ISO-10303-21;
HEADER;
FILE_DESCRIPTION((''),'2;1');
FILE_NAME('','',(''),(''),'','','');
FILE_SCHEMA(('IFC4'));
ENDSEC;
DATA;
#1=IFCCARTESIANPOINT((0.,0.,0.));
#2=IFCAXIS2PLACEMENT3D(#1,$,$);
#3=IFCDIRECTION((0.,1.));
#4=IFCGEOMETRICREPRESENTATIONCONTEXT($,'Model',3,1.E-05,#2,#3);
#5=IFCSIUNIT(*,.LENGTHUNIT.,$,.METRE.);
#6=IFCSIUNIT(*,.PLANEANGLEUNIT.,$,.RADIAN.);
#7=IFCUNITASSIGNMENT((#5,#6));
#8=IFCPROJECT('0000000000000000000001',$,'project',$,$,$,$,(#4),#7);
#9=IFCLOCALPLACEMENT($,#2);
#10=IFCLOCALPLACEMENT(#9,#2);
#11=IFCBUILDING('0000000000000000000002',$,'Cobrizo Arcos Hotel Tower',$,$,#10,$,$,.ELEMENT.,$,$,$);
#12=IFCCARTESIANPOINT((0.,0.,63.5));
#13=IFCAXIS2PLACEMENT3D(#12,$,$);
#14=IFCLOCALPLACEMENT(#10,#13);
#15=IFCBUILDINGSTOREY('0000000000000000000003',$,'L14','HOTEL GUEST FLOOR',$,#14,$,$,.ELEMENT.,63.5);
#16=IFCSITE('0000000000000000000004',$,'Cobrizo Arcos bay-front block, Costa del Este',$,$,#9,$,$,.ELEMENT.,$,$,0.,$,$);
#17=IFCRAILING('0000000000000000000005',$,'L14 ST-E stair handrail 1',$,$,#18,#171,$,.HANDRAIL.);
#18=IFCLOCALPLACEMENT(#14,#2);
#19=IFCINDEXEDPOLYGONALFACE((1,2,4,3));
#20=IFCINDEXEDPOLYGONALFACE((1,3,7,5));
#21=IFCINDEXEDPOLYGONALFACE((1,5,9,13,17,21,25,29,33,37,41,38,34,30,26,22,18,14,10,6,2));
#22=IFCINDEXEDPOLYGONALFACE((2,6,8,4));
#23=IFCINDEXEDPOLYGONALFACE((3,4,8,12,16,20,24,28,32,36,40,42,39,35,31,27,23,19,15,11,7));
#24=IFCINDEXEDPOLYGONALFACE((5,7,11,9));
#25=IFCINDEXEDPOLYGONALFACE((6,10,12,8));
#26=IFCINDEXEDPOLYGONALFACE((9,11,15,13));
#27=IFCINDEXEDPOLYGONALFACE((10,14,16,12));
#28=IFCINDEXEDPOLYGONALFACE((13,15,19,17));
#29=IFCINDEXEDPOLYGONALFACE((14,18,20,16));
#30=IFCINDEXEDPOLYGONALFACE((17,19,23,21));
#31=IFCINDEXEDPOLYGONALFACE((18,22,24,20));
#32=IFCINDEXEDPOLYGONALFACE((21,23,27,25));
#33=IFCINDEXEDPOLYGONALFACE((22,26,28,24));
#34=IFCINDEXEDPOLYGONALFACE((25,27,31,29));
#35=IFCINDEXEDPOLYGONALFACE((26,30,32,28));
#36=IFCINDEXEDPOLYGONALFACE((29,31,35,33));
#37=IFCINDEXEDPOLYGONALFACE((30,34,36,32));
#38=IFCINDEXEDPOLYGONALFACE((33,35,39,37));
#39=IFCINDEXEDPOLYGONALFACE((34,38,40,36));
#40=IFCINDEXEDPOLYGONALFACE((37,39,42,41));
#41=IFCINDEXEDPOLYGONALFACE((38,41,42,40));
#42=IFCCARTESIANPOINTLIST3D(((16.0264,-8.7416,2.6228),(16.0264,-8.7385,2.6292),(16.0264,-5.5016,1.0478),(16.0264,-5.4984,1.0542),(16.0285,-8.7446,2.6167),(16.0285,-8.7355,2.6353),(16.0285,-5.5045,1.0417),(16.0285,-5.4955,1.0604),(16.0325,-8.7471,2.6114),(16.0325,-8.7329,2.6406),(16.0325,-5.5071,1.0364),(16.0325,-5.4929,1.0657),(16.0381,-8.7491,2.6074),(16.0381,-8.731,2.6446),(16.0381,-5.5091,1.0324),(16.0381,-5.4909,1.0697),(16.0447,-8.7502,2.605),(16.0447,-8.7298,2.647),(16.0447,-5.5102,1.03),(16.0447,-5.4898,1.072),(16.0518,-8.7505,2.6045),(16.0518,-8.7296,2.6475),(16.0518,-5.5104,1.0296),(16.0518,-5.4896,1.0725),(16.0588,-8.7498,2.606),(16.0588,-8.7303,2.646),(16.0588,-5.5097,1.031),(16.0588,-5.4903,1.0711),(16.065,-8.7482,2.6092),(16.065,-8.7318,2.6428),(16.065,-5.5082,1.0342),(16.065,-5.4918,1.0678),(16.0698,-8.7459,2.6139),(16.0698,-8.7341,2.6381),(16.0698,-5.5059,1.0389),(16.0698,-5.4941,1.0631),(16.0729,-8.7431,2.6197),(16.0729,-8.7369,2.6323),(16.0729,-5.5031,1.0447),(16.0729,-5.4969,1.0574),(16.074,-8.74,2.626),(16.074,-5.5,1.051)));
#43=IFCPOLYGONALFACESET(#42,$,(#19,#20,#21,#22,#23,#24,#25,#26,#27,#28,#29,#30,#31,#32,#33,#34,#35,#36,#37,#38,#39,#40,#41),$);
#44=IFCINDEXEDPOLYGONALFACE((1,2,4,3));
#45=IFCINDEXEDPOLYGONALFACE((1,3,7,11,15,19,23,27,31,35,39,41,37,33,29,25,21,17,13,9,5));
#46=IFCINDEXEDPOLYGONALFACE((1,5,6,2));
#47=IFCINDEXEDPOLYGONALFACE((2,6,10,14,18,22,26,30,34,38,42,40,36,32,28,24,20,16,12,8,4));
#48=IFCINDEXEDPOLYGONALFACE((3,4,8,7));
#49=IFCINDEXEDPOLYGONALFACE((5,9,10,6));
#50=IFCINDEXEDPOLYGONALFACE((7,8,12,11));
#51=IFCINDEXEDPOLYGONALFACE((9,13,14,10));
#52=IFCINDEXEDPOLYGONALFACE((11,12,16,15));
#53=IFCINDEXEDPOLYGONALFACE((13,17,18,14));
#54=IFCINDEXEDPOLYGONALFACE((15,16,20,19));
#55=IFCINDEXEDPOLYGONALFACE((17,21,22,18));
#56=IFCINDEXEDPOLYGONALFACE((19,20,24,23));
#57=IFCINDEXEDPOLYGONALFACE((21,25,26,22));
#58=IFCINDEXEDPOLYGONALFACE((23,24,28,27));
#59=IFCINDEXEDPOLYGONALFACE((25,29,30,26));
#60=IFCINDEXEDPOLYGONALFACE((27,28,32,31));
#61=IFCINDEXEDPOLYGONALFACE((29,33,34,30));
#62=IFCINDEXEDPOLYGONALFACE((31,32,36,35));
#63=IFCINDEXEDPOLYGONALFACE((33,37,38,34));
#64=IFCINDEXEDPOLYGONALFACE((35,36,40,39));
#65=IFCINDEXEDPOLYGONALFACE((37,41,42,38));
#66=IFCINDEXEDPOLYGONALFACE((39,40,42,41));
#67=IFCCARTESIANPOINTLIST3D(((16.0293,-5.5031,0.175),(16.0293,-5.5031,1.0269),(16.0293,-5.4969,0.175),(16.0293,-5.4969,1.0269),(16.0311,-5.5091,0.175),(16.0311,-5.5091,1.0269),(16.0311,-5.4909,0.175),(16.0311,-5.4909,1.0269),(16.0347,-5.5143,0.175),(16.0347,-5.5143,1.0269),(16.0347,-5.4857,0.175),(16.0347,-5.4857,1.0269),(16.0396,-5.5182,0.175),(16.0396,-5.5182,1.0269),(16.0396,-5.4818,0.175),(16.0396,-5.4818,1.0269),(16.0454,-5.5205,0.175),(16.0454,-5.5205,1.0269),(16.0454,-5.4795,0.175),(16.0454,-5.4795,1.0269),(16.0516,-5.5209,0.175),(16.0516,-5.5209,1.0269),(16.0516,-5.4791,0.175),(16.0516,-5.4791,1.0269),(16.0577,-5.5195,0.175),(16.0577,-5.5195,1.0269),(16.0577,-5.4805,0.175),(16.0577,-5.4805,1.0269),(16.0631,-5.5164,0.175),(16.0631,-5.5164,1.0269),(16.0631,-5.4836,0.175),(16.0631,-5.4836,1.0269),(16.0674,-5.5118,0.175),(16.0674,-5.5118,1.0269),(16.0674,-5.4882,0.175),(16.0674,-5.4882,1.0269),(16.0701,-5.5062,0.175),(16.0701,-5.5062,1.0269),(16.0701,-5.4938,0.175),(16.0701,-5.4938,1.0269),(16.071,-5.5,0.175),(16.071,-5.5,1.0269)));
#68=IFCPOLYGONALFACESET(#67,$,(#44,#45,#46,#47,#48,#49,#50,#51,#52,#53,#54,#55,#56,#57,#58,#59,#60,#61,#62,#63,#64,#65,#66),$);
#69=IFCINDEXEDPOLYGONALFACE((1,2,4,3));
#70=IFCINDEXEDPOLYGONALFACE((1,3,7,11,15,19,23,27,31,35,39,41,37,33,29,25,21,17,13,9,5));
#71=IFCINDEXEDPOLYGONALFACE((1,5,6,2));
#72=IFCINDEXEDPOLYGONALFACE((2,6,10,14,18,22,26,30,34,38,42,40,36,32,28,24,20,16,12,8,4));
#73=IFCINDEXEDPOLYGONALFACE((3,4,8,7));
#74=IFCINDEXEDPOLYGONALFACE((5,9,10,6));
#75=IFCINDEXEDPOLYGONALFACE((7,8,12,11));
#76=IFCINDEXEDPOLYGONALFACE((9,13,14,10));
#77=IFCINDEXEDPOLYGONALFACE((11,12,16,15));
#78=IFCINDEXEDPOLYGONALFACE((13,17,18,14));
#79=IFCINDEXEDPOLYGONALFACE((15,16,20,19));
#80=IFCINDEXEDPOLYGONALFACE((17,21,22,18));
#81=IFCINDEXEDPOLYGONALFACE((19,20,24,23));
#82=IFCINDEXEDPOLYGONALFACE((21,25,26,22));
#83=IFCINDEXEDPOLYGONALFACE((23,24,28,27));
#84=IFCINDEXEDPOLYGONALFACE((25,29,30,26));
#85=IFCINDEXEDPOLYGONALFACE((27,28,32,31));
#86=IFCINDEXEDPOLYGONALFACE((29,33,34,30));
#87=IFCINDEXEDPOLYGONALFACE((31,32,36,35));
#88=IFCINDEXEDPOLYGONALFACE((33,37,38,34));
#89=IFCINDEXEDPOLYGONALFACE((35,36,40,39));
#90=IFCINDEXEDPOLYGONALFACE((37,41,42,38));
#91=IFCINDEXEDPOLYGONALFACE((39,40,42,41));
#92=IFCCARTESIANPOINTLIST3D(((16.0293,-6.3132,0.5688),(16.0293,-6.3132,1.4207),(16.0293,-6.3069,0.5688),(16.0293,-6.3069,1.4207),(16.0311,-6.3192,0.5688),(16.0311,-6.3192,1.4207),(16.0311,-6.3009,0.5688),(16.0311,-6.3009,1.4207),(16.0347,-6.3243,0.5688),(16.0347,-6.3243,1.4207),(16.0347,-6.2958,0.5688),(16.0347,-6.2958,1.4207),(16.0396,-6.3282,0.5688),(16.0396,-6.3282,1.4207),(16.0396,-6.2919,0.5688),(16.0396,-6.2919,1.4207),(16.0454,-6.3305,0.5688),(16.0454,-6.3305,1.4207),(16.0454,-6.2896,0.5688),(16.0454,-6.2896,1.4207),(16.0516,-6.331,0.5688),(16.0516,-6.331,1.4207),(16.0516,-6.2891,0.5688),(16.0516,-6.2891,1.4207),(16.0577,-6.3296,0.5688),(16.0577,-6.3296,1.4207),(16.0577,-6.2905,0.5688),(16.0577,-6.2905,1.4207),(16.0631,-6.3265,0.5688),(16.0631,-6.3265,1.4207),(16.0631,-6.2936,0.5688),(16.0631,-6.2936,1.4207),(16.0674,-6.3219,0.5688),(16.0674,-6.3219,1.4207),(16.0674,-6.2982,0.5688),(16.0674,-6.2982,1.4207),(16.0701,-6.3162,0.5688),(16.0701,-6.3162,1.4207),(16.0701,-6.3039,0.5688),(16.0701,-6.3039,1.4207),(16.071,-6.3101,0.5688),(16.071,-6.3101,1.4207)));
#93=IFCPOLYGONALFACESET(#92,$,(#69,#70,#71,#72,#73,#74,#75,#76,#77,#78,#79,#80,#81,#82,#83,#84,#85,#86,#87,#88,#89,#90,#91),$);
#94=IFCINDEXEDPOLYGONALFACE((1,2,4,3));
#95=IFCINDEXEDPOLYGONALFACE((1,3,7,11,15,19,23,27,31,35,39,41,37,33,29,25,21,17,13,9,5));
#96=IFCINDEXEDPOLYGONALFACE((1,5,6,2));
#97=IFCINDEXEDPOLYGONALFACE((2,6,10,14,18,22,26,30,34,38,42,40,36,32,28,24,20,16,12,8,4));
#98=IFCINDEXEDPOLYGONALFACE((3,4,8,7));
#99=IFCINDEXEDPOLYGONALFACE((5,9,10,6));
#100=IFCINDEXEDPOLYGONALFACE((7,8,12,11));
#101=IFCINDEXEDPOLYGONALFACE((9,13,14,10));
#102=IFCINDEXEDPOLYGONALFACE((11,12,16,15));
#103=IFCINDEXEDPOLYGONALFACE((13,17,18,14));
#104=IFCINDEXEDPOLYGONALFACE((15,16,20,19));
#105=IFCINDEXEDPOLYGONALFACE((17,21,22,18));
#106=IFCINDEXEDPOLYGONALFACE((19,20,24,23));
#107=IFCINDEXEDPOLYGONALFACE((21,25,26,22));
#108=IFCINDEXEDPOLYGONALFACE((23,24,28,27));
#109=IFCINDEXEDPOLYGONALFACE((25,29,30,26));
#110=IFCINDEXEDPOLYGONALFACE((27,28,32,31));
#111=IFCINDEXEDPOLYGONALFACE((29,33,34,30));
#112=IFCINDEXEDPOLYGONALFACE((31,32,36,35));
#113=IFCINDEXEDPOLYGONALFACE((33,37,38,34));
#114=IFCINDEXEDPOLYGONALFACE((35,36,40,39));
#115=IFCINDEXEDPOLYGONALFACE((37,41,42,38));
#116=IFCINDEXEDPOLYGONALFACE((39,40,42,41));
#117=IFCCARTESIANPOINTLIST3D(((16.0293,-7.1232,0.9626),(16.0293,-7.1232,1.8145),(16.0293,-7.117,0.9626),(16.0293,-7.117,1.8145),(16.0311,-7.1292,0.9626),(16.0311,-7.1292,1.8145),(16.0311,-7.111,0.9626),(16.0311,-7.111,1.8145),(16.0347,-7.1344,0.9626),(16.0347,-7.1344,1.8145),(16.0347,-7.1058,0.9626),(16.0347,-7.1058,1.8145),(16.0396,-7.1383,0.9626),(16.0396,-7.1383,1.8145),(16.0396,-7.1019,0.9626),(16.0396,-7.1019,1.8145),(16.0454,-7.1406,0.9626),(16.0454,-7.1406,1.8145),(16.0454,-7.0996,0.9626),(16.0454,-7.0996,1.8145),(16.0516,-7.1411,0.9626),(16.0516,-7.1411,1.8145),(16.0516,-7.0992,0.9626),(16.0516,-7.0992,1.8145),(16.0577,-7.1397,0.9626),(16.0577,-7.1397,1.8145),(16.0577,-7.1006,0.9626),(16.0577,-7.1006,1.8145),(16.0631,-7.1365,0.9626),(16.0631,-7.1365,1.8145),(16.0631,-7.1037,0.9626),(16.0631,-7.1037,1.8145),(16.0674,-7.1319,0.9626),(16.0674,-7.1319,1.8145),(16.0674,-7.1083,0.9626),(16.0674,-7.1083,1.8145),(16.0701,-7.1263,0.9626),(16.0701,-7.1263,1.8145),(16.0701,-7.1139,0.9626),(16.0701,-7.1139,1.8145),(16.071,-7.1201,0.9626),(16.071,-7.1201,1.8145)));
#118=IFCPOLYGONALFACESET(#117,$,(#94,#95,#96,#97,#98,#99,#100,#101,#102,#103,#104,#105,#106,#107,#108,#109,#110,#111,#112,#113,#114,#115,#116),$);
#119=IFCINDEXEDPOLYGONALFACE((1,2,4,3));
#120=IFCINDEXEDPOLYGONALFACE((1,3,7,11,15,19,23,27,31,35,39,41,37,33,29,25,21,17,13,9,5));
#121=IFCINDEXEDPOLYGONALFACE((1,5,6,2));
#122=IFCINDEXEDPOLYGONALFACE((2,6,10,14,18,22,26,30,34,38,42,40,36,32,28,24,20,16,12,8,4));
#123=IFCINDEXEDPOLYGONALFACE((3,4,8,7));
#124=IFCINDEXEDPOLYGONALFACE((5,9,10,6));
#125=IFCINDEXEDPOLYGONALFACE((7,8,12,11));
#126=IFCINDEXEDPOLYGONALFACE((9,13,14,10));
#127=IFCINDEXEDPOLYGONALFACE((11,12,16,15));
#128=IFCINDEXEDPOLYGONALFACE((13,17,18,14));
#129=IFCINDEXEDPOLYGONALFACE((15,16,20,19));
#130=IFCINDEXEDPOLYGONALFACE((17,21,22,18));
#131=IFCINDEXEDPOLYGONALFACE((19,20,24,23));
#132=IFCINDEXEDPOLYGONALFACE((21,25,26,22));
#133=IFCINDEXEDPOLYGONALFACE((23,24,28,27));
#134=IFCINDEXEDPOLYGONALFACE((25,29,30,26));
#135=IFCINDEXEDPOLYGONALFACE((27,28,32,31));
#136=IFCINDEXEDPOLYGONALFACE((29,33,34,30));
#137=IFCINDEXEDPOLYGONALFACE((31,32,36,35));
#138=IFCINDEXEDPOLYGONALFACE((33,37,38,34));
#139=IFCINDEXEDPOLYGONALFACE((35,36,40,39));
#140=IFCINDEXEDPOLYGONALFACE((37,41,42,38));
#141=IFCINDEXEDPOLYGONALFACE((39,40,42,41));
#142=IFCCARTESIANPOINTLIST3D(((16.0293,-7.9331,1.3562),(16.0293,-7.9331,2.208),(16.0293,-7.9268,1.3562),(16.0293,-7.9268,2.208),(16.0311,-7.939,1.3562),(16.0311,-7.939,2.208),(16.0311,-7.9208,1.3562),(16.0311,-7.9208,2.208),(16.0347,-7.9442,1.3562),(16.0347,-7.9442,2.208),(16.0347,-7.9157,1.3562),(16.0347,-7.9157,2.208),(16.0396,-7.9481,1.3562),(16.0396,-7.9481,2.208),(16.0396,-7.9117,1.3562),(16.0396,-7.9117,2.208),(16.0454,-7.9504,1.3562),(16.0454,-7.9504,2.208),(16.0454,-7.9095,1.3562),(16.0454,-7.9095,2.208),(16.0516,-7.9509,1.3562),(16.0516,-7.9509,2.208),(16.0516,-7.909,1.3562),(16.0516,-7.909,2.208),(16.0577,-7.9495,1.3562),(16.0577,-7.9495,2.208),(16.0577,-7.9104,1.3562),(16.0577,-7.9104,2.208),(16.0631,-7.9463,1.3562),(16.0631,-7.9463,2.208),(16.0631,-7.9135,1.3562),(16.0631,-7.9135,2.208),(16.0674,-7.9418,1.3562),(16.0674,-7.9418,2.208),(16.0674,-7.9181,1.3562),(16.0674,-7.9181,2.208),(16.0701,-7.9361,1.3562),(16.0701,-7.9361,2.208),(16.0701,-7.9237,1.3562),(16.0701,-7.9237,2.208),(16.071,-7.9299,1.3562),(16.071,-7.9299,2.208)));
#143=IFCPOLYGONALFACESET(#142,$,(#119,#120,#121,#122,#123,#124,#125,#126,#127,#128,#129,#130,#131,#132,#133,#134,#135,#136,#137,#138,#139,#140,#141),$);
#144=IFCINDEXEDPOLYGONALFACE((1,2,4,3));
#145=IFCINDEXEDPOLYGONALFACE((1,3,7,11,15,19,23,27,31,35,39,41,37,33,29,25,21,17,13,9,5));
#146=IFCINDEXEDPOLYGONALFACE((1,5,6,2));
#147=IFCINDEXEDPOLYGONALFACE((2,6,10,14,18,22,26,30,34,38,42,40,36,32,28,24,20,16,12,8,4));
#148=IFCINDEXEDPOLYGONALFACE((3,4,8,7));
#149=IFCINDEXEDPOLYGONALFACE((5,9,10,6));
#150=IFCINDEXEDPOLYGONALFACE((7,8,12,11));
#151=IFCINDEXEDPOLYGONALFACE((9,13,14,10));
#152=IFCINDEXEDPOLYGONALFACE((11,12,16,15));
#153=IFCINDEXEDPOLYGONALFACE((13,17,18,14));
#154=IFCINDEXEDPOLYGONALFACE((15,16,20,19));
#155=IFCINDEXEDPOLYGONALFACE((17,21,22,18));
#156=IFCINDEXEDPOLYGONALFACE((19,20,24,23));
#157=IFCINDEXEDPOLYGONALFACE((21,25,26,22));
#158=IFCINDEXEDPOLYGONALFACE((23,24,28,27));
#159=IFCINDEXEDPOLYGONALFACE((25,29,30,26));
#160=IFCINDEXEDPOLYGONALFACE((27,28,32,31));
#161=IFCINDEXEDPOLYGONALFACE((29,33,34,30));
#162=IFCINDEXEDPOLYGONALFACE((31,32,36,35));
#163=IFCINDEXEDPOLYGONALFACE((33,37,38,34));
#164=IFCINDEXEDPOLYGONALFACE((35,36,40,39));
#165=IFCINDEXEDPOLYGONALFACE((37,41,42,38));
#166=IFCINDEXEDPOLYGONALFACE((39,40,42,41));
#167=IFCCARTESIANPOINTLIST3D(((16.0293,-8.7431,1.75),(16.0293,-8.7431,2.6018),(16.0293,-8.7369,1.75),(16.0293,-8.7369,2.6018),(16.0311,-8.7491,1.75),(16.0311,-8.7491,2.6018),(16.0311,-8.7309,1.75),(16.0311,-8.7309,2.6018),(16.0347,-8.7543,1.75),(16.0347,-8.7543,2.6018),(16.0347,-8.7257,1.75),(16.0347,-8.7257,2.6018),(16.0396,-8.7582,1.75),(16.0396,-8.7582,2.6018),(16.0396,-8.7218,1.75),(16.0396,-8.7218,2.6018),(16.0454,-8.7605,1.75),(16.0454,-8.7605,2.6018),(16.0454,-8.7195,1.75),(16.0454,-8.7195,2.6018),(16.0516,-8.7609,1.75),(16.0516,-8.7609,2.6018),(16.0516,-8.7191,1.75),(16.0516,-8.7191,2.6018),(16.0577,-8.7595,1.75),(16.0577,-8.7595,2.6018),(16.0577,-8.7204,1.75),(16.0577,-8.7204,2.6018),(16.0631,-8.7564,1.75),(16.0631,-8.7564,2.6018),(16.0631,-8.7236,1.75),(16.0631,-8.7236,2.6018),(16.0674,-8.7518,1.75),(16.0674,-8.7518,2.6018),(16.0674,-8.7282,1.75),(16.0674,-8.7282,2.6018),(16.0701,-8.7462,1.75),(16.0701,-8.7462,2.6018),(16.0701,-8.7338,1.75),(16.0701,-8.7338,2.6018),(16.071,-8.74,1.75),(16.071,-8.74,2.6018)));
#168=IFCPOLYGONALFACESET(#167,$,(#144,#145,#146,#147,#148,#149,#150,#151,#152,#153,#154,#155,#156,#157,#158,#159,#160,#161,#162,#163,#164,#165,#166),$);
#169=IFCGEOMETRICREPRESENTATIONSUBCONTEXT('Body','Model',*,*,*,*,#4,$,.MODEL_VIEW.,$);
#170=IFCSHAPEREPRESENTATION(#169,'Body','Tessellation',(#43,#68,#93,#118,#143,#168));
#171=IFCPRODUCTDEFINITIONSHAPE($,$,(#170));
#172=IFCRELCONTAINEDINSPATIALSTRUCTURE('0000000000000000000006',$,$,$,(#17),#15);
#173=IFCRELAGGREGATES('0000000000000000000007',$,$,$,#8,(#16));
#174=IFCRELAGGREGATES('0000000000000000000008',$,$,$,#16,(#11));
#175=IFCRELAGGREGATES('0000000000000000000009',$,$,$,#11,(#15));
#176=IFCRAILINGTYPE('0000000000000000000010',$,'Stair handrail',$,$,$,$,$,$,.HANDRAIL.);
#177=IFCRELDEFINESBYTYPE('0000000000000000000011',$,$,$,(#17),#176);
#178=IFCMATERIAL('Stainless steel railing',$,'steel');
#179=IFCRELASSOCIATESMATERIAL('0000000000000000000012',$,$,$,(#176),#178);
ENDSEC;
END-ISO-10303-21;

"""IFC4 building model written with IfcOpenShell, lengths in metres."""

from ifc_helpers import new_model, si_unit, direction, frame, origin, origin_2d, place, context, subcontext, project, spatial, circle, extrude, material, type_object, element, save


model = new_model("IFC4")

# Units and contexts
model_context = context("Model", 3, precision=1e-05, world=origin(), true_north=direction((0.0, 1.0)))
body_context = subcontext(model_context, "Body", "Model", "MODEL_VIEW")
ifc_project = project(units=[si_unit("LENGTHUNIT", "METRE"), si_unit("PLANEANGLEUNIT", "RADIAN")], contexts=[model_context])

# Site, building, storey
site_placement = place(None, origin())
site = spatial("IfcSite", under=ifc_project, at=site_placement, Name="Cobrizo Arcos bay-front block, Costa del Este", CompositionType="ELEMENT", RefElevation=0.0)
building_placement = place(site_placement, origin())
building = spatial("IfcBuilding", under=site, at=building_placement, Name="Cobrizo Arcos Hotel Tower", CompositionType="ELEMENT")
storey_placement = place(building_placement, frame((0.0, 0.0, 63.5)))
storey = spatial("IfcBuildingStorey", under=building, at=storey_placement, Name="L14", Description="HOTEL GUEST FLOOR", CompositionType="ELEMENT", Elevation=63.5)

# Railing
ifc_material_1 = material(Name="Stainless steel railing", Category="steel")
railing_type = type_object("IfcRailingType", Name="Stair handrail", PredefinedType="HANDRAIL", material=ifc_material_1)
railing_placement = place(storey_placement, frame((16.05, -5.5, 0.175)))
element("IfcRailing", 1, at=railing_placement, inside=storey, type_object=railing_type, Name="L14 ST-E stair handrail 1", PredefinedType="HANDRAIL", context=body_context, shape_type="SweptSolid", body=[
    extrude(circle(Radius=0.0239, at=origin_2d()), frame((0.0, 0.0, 0.876), z_axis=(0.0, -0.899373, 0.437183), x_axis=(1.0, 0.0, 0.0)), (0.0, 0.0, 1.0), 3.6025),
    extrude(circle(Radius=0.021, at=origin_2d()), origin(), (0.0, 0.0, 1.0), 0.8518),
    extrude(circle(Radius=0.021, at=origin_2d()), frame((0.0, -0.8101, 0.3938)), (0.0, 0.0, 1.0), 0.8518),
    extrude(circle(Radius=0.021, at=origin_2d()), frame((0.0, -1.6201, 0.7876)), (0.0, 0.0, 1.0), 0.8518),
    extrude(circle(Radius=0.021, at=origin_2d()), frame((0.0, -2.4299, 1.1812)), (0.0, 0.0, 1.0), 0.8518),
    extrude(circle(Radius=0.021, at=origin_2d()), frame((0.0, -3.24, 1.575)), (0.0, 0.0, 1.0), 0.8518),
])

save(model, "model.ifc")
